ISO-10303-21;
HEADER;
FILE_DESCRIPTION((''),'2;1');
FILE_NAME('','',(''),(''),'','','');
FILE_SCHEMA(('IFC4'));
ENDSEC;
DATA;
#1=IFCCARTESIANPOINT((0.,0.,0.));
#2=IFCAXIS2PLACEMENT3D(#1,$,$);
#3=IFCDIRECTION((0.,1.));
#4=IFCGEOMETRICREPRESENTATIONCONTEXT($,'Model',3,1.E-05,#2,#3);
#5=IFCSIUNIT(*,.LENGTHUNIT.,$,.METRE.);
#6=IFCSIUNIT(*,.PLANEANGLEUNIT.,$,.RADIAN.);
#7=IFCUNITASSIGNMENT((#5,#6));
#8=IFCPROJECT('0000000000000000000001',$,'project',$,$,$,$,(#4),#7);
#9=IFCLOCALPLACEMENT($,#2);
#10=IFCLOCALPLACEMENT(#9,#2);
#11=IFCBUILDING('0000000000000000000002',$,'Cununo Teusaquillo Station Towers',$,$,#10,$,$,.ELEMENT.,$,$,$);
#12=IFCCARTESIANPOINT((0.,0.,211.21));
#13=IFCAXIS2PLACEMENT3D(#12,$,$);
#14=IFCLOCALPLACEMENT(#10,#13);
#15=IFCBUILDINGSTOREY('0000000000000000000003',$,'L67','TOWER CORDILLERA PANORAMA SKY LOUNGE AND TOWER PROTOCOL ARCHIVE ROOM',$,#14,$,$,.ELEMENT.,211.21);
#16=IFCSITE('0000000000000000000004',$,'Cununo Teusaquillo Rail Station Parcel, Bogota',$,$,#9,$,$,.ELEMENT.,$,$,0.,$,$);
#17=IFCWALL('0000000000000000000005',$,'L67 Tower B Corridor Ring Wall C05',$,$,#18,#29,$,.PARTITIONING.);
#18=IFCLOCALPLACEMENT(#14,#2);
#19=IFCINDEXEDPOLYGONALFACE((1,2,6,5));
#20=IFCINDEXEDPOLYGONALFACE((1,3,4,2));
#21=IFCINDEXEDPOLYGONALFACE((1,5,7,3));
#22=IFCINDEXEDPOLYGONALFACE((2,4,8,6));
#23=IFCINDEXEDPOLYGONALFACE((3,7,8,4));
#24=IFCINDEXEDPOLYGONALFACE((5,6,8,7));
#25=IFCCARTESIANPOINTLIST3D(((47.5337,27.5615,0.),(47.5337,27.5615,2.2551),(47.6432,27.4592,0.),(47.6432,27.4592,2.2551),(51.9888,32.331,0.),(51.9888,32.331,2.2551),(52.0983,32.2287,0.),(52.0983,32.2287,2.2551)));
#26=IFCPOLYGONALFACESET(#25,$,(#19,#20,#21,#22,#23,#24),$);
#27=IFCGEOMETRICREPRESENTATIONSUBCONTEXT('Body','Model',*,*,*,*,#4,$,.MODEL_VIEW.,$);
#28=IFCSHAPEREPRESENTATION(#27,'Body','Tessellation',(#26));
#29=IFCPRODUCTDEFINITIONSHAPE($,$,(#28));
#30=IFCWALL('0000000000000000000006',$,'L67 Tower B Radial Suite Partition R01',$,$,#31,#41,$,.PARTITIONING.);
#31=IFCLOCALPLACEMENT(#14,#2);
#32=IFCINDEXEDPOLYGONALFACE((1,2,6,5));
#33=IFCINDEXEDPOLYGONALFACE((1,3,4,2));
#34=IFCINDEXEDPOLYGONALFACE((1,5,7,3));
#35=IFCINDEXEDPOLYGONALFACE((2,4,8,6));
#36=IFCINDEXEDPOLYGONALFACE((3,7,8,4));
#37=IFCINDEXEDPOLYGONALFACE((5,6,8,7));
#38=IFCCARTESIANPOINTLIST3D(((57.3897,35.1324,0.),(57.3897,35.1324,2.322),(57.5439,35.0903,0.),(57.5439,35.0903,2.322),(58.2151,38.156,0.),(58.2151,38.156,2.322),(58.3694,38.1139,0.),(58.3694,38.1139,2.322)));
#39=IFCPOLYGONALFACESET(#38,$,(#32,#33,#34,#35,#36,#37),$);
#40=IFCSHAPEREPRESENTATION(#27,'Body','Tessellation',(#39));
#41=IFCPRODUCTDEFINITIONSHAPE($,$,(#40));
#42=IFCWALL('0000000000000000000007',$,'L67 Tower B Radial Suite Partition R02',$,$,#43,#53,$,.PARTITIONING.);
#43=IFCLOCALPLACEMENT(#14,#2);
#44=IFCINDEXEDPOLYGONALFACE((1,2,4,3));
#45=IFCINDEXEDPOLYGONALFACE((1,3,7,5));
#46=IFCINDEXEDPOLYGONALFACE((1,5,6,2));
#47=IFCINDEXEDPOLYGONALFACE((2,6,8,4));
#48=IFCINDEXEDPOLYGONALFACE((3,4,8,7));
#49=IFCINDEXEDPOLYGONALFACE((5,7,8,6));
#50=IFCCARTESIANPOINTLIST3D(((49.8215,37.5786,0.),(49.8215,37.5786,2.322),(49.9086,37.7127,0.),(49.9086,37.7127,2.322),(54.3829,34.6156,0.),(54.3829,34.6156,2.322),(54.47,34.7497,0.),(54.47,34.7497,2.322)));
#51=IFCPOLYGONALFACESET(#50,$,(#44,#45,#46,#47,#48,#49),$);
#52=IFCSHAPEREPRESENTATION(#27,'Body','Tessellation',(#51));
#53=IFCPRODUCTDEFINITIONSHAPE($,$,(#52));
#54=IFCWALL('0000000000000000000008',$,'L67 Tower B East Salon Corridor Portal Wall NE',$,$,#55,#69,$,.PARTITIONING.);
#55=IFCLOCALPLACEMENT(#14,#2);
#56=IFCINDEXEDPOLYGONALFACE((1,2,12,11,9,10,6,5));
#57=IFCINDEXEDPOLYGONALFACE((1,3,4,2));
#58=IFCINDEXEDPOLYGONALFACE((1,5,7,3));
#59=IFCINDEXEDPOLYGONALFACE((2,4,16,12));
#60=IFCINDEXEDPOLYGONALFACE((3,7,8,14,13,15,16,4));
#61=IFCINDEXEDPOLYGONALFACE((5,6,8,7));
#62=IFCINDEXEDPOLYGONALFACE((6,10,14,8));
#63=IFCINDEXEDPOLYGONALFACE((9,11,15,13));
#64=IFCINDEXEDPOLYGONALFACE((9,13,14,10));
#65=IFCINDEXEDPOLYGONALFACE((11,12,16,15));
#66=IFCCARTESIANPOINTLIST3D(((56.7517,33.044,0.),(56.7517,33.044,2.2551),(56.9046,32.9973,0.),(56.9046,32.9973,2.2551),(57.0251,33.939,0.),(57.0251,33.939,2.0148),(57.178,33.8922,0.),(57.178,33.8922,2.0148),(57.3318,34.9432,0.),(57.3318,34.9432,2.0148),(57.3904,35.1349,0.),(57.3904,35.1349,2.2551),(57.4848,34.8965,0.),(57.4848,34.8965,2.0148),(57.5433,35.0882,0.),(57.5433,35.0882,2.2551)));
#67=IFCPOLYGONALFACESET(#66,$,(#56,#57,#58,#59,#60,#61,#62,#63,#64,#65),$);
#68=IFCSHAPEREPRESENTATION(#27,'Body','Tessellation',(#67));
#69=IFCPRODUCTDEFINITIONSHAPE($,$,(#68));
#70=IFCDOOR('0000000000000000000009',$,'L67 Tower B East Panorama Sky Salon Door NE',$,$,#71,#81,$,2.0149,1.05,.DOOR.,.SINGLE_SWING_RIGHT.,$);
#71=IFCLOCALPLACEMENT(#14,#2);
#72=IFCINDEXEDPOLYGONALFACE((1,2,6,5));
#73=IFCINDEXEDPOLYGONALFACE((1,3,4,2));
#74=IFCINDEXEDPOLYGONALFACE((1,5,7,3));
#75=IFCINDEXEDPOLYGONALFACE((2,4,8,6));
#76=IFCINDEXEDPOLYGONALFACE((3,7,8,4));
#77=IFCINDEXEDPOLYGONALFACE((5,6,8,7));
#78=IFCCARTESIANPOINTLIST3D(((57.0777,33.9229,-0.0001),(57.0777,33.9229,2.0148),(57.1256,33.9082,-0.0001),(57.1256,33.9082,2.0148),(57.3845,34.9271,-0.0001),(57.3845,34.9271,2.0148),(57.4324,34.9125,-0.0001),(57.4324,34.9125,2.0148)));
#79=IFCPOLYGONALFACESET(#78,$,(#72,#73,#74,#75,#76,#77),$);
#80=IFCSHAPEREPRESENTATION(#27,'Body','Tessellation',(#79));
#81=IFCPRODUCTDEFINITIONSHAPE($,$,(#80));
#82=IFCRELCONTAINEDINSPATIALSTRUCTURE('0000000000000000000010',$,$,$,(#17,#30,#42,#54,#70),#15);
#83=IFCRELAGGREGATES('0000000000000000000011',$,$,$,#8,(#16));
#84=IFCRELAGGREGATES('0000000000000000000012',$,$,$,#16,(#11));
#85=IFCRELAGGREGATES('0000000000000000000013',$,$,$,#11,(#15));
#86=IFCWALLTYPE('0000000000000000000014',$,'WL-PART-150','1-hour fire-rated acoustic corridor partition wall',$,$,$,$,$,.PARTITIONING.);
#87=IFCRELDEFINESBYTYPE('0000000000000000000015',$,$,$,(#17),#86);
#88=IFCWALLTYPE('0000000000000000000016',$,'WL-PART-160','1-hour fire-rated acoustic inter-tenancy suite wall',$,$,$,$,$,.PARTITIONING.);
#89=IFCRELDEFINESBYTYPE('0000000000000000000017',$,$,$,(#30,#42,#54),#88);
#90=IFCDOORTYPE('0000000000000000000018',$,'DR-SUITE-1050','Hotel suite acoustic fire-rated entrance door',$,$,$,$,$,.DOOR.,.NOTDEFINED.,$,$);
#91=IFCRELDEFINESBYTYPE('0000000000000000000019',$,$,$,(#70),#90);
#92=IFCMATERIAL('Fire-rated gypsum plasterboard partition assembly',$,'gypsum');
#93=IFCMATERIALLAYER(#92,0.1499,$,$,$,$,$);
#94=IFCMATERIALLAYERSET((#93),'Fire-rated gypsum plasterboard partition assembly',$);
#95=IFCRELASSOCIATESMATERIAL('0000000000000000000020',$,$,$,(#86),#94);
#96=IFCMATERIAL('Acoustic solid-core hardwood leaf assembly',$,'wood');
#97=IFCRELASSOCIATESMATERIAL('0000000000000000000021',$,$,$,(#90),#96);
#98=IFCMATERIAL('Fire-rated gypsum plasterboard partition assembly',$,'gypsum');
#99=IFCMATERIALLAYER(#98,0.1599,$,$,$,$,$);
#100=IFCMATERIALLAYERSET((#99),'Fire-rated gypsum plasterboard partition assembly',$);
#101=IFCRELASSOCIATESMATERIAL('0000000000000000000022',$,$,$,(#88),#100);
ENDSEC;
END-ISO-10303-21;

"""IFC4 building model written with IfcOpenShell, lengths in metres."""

from ifc_helpers import new_model, si_unit, direction, frame, frame_2d, origin, place, context, subcontext, project, spatial, rectangle, extrude, source, transform, mapped, material, layer, layer_set, type_object, element, fill, save


model = new_model("IFC4")

# Units and contexts
model_context = context("Model", 3, precision=1e-05, world=origin(), true_north=direction((0.0, 1.0)))
body_context = subcontext(model_context, "Body", "Model", "MODEL_VIEW")
ifc_project = project(units=[si_unit("LENGTHUNIT", "METRE"), si_unit("PLANEANGLEUNIT", "RADIAN")], contexts=[model_context])

# Site, building, storey
site_placement = place(None, origin())
site = spatial("IfcSite", under=ifc_project, at=site_placement, Name="Cununo Teusaquillo Rail Station Parcel, Bogota", CompositionType="ELEMENT", RefElevation=0.0)
building_placement = place(site_placement, origin())
building = spatial("IfcBuilding", under=site, at=building_placement, Name="Cununo Teusaquillo Station Towers", CompositionType="ELEMENT")
storey_placement = place(building_placement, frame((0.0, 0.0, 211.21)))
storey = spatial("IfcBuildingStorey", under=building, at=storey_placement, Name="L67", Description="TOWER CORDILLERA PANORAMA SKY LOUNGE AND TOWER PROTOCOL ARCHIVE ROOM", CompositionType="ELEMENT", Elevation=211.21)

# Shared definitions
ifc_material_1 = material(Name="Fire-rated gypsum plasterboard partition assembly", Category="gypsum")
ifc_layer_1 = layer(ifc_material_1, 0.1499)
ifc_layer_set_1 = layer_set([ifc_layer_1], Name="Fire-rated gypsum plasterboard partition assembly")
wall_type_1 = type_object("IfcWallType", Name="WL-PART-150", Description="1-hour fire-rated acoustic corridor partition wall", PredefinedType="PARTITIONING", material=ifc_layer_set_1)

# Shared definitions
ifc_material_2 = material(Name="Acoustic solid-core hardwood leaf assembly", Category="wood")
door_type_1 = type_object("IfcDoorType", Name="DR-SUITE-1050", Description="Hotel suite acoustic fire-rated entrance door", OperationType="NOTDEFINED", PredefinedType="DOOR", material=ifc_material_2)
shared_shape_1 = source(origin(), body_context, "Body", "SweptSolid", [
    extrude(rectangle(XDim=1.05, YDim=2.0149, at=frame_2d((0.5249, 1.0073))), frame((0.0, 0.0249, 0.0), z_axis=(0.0, -1.0, 0.0), x_axis=(1.0, 0.0, 0.0)), (0.0, 0.0, 1.0), 0.05),
])

# Walls
wall_1_placement = place(storey_placement, frame((52.0435, 32.2798, 0.0), z_axis=(0.0, 0.0, 1.0), x_axis=(-0.682606, -0.730787, 0.0)))
element("IfcWall", 1, at=wall_1_placement, inside=storey, type_object=wall_type_1, Name="L67 Tower B Corridor Ring Wall C05", PredefinedType="PARTITIONING", context=body_context, shape_type="SweptSolid", body=[
    extrude(rectangle(XDim=6.5266, YDim=0.1499, at=frame_2d((3.2632, 0.0))), origin(), (0.0, 0.0, 1.0), 2.2551),
])
ifc_material_3 = material(Name="Fire-rated gypsum plasterboard partition assembly", Category="gypsum")
ifc_layer_2 = layer(ifc_material_3, 0.1599)
ifc_layer_set_2 = layer_set([ifc_layer_2], Name="Fire-rated gypsum plasterboard partition assembly")
wall_type_2 = type_object("IfcWallType", Name="WL-PART-160", Description="1-hour fire-rated acoustic inter-tenancy suite wall", PredefinedType="PARTITIONING", material=ifc_layer_set_2)
wall_2_placement = place(storey_placement, frame((57.4668, 35.1113, 0.0), z_axis=(0.0, 0.0, 1.0), x_axis=(0.263355, 0.964699, 0.0)))
element("IfcWall", 2, at=wall_2_placement, inside=storey, type_object=wall_type_2, Name="L67 Tower B Radial Suite Partition R01", PredefinedType="PARTITIONING", context=body_context, shape_type="SweptSolid", body=[
    extrude(rectangle(XDim=3.1343, YDim=0.1599, at=frame_2d((1.5671, 0.0))), origin(), (0.0, 0.0, 1.0), 2.322),
])
wall_3_placement = place(storey_placement, frame((54.4265, 34.6826, 0.0), z_axis=(0.0, 0.0, 1.0), x_axis=(-0.838607, 0.544737, 0.0)))
element("IfcWall", 3, at=wall_3_placement, inside=storey, type_object=wall_type_2, Name="L67 Tower B Radial Suite Partition R02", PredefinedType="PARTITIONING", context=body_context, shape_type="SweptSolid", body=[
    extrude(rectangle(XDim=5.4392, YDim=0.1599, at=frame_2d((2.7197, 0.0))), origin(), (0.0, 0.0, 1.0), 2.322),
])

# Wall, opening, door
wall_4_placement = place(storey_placement, frame((56.8281, 33.0205, 0.0), z_axis=(0.0, 0.0, 1.0), x_axis=(0.292139, 0.956376, 0.0)))
wall_4 = element("IfcWall", 4, at=wall_4_placement, inside=storey, type_object=wall_type_2, Name="L67 Tower B East Salon Corridor Portal Wall NE", PredefinedType="PARTITIONING", context=body_context, shape_type="SweptSolid", body=[
    extrude(rectangle(XDim=2.1863, YDim=0.1599, at=frame_2d((1.0933, 0.0))), origin(), (0.0, 0.0, 1.0), 2.2551),
])
shared_shape_2 = source(origin(), body_context, "Body", "SweptSolid", [
    extrude(rectangle(XDim=1.05, YDim=2.0149, at=frame_2d((0.5249, 1.0073))), frame((0.0, 0.0898, 0.0), z_axis=(0.0, -1.0, 0.0), x_axis=(1.0, 0.0, 0.0)), (0.0, 0.0, 1.0), 0.1799),
])
opening_1_placement = place(wall_4_placement, frame((0.936, 0.0, 0.0)))
opening_1 = element("IfcOpeningElement", 5, at=opening_1_placement, cuts=wall_4, PredefinedType="OPENING", context=body_context, shape_type="MappedRepresentation", body=[
    mapped(shared_shape_2, transform((0.0, 0.0, 0.0), x_axis=(1.0, 0.0, 0.0), y_axis=(0.0, 1.0, 0.0), z_axis=(0.0, 0.0, 1.0), scale=1.0)),
])
door_1_placement = place(opening_1_placement, origin())
door_1 = element("IfcDoor", 6, at=door_1_placement, inside=storey, type_object=door_type_1, Name="L67 Tower B East Panorama Sky Salon Door NE", OperationType="SINGLE_SWING_RIGHT", OverallHeight=2.0149, OverallWidth=1.05, PredefinedType="DOOR", context=body_context, shape_type="MappedRepresentation", body=[
    mapped(shared_shape_1, transform((0.0, 0.0, 0.0), x_axis=(1.0, 0.0, 0.0), y_axis=(0.0, 1.0, 0.0), z_axis=(0.0, 0.0, 1.0), scale=1.0)),
])
fill(opening_1, door_1)

save(model, "model.ifc")
